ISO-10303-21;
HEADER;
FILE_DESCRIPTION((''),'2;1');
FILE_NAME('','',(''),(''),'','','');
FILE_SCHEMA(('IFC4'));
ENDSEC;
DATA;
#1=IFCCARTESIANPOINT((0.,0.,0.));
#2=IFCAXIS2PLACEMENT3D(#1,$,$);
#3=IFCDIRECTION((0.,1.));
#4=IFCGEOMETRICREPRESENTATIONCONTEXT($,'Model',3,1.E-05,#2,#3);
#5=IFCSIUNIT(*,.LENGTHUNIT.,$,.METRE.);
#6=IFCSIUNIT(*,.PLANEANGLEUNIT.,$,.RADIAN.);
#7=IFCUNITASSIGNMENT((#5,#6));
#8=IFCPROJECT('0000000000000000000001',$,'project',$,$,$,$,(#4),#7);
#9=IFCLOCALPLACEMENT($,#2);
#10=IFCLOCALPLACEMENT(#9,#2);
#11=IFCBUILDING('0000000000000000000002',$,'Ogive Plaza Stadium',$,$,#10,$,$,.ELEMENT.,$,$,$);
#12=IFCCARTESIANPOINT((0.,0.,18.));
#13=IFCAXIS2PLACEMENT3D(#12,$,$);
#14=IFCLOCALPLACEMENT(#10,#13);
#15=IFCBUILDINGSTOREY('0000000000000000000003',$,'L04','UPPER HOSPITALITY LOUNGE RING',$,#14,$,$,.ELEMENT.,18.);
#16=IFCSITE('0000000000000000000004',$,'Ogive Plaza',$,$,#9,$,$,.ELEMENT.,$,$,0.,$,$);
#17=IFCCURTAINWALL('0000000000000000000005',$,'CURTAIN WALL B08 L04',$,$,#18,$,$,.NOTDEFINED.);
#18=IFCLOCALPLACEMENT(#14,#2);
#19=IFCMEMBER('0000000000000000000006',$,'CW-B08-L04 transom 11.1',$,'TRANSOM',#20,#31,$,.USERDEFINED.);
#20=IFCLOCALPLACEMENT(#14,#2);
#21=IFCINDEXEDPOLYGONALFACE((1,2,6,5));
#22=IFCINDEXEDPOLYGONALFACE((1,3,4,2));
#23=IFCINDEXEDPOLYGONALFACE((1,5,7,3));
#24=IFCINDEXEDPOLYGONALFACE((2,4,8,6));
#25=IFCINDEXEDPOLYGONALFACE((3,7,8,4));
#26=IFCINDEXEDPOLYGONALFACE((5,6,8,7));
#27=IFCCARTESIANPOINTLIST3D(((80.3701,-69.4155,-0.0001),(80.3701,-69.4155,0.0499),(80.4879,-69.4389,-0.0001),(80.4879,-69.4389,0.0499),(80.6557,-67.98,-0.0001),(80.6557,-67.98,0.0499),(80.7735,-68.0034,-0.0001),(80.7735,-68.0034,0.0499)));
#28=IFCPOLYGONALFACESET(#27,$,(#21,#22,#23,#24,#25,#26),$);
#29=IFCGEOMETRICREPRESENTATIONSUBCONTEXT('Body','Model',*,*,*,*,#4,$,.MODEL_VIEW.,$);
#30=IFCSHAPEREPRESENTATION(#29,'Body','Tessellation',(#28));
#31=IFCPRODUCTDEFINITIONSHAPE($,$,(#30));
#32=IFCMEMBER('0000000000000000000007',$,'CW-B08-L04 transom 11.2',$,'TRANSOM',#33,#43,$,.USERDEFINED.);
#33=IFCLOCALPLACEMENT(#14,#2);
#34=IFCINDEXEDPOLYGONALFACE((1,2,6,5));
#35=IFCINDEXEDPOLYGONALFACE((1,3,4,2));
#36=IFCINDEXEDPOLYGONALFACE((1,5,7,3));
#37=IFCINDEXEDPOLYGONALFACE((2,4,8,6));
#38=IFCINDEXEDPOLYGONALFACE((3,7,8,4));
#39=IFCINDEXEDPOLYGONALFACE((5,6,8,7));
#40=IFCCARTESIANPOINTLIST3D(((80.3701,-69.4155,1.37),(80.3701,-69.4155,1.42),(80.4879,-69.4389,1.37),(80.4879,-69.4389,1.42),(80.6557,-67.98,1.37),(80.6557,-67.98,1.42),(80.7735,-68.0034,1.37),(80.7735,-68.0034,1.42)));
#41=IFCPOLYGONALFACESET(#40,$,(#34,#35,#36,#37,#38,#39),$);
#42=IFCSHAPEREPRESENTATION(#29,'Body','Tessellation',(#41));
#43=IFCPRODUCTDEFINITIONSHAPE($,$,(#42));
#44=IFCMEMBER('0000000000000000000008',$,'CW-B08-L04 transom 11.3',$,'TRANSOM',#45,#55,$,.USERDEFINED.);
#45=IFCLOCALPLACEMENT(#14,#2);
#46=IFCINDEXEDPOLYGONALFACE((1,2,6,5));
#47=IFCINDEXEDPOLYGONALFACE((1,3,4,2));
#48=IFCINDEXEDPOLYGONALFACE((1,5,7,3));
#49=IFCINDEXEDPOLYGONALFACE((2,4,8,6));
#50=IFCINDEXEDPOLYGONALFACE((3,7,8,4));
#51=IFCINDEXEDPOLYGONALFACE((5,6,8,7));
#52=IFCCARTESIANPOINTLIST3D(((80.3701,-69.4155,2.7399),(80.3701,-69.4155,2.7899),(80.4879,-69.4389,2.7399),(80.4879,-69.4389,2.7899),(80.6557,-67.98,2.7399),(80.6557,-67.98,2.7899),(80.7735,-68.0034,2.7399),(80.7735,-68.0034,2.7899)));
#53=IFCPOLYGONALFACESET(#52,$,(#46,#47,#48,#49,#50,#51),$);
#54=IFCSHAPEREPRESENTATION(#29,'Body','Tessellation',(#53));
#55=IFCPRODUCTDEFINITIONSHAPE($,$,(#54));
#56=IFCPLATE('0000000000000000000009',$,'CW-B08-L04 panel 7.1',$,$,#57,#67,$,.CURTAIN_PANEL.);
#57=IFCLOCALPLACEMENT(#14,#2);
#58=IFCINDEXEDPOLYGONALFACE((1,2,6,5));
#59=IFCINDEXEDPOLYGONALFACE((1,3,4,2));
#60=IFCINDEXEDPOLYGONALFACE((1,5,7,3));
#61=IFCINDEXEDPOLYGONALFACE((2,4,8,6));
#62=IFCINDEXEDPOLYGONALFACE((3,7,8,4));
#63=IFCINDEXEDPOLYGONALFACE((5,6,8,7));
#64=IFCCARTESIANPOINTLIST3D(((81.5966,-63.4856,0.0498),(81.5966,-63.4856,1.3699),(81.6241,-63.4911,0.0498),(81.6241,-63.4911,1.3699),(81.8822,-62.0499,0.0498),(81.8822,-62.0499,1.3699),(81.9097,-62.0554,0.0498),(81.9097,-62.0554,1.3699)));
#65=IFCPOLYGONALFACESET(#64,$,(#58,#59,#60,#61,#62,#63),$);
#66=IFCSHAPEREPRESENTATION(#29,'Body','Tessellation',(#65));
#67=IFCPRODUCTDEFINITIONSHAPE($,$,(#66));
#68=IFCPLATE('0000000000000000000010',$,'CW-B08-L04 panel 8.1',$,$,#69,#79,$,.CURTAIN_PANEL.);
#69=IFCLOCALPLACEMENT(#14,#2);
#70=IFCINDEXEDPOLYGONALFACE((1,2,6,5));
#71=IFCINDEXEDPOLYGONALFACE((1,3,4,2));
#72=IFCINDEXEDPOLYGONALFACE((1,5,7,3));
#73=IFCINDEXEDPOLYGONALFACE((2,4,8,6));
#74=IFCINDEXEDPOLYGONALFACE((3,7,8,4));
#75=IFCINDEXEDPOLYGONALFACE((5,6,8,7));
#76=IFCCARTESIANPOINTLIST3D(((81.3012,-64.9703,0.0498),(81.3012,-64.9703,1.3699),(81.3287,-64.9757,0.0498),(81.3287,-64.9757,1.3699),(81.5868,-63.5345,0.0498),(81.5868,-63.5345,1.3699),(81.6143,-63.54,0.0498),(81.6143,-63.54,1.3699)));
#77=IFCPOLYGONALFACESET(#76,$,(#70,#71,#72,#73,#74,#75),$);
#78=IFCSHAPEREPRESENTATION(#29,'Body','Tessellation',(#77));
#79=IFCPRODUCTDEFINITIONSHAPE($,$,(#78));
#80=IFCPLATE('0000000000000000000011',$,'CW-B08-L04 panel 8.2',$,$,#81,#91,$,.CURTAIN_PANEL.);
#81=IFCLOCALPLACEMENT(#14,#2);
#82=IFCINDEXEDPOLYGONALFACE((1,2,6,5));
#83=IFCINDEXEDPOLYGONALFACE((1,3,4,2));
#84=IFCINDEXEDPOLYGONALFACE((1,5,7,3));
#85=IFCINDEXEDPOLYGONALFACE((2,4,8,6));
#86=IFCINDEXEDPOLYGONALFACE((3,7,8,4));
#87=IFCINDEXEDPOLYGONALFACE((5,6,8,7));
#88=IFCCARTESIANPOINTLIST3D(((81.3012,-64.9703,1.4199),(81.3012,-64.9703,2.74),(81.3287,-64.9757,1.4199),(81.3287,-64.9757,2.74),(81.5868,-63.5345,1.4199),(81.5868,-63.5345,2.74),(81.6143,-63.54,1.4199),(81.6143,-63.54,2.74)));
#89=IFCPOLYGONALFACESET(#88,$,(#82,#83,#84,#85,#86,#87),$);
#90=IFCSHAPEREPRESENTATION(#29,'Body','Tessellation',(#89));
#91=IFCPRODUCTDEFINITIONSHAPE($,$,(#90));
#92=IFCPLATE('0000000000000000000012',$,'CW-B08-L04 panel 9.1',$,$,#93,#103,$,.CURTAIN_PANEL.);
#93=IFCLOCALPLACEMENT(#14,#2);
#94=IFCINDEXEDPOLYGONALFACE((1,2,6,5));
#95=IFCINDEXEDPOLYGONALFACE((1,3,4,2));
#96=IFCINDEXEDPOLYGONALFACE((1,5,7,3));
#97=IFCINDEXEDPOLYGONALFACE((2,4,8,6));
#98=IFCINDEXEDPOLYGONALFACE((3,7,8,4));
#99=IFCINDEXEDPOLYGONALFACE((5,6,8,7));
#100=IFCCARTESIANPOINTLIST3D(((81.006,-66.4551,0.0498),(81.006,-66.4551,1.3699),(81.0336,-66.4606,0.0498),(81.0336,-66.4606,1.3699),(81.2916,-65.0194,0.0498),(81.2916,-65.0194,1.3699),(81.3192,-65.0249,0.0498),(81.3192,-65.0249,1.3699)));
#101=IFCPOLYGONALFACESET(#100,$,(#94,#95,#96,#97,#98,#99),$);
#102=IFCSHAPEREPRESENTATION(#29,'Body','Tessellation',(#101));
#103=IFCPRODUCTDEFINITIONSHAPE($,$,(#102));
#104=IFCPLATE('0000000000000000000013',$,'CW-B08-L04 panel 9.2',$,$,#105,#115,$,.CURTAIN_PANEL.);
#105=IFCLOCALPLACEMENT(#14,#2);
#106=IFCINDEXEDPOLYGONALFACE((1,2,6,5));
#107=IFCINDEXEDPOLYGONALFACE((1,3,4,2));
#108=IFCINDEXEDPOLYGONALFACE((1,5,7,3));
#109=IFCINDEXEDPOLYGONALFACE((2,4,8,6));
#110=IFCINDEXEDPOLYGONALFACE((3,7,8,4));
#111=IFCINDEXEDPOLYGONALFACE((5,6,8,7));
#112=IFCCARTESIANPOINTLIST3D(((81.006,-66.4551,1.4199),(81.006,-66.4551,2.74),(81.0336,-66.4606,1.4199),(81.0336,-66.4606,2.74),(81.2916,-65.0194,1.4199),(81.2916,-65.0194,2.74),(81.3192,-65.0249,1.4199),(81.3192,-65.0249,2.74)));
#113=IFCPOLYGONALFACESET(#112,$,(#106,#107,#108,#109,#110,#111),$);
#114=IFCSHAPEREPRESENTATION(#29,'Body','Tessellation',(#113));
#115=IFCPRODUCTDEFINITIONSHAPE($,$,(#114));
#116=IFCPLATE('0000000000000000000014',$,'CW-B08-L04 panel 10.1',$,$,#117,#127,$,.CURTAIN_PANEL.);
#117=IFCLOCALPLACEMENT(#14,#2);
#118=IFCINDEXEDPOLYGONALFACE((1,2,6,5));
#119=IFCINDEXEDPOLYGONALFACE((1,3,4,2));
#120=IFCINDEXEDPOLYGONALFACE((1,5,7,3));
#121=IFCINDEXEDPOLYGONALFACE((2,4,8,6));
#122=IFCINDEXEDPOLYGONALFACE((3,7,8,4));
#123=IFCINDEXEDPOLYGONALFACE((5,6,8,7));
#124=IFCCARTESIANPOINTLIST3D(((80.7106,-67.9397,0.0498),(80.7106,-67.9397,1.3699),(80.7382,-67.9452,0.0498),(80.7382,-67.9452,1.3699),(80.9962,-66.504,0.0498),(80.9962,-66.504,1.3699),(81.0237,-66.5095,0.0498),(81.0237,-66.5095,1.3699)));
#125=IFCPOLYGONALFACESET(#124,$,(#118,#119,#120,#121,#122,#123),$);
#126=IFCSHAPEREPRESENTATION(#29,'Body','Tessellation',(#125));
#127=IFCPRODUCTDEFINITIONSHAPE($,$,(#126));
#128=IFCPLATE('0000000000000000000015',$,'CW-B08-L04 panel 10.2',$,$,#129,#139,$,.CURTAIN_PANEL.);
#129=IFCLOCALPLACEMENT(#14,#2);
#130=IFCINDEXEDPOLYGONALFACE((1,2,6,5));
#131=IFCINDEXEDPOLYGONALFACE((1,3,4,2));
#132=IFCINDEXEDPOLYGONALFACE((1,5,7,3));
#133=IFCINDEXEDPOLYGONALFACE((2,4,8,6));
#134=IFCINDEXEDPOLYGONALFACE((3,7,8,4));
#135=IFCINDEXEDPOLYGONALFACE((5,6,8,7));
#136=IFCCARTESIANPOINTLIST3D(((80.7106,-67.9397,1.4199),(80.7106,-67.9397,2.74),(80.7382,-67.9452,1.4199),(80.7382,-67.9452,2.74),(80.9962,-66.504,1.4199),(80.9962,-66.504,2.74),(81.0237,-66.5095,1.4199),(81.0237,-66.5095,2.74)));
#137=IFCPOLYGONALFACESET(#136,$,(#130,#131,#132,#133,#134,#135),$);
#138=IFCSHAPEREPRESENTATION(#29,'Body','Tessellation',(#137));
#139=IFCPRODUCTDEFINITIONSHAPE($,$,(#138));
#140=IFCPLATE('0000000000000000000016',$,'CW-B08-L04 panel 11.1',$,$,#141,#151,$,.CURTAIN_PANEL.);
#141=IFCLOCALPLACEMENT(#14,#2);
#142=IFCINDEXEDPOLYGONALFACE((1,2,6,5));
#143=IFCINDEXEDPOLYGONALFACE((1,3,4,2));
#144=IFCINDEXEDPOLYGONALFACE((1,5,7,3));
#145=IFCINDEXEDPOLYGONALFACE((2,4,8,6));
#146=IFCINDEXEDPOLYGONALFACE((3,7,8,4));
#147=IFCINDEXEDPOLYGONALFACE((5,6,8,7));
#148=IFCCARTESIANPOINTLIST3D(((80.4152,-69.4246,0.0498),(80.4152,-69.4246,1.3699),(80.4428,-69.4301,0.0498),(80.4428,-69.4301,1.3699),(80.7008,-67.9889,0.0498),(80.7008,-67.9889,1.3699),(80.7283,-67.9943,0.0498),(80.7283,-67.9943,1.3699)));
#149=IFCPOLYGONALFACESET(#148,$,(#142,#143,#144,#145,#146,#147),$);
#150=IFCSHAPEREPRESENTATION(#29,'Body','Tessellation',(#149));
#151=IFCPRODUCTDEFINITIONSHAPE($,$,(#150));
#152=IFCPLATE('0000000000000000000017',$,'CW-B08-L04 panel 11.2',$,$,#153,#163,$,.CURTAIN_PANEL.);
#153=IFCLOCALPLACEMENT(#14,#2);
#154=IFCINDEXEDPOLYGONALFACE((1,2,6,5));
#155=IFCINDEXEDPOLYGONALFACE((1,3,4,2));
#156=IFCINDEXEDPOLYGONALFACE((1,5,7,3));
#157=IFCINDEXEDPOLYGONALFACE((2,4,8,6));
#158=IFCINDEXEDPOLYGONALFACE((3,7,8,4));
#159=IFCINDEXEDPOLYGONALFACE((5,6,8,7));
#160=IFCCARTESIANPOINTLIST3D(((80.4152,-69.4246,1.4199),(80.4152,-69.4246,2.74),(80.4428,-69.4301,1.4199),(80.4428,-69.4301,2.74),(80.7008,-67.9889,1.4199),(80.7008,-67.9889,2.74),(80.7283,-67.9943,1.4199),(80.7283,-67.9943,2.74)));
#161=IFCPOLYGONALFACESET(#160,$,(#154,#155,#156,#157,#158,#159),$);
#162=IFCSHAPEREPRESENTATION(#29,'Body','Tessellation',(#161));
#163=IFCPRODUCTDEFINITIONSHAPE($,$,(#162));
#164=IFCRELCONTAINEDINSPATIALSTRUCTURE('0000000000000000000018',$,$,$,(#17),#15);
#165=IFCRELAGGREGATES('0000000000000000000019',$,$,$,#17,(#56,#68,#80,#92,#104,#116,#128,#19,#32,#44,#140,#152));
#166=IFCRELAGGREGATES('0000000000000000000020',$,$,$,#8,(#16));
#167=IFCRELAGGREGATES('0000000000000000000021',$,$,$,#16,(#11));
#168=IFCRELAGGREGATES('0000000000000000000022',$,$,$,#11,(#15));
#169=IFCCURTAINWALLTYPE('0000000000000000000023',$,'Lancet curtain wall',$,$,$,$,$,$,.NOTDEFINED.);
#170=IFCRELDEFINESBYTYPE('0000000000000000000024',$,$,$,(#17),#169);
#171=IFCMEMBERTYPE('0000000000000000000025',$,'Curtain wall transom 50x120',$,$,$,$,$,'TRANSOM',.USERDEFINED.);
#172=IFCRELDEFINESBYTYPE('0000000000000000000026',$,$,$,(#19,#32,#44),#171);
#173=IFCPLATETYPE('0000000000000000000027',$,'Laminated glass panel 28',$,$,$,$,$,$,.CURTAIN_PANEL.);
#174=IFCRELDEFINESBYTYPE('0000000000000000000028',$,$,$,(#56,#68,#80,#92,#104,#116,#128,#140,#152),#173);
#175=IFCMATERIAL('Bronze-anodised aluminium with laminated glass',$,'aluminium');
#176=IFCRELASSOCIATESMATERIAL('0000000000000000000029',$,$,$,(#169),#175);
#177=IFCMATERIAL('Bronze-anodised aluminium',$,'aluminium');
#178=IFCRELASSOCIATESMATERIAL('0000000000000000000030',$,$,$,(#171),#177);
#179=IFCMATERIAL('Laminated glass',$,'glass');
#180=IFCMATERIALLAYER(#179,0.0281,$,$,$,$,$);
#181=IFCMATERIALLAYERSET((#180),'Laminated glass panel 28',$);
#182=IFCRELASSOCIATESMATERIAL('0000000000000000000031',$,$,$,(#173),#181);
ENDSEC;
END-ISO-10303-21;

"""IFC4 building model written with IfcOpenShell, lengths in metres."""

from ifc_helpers import new_model, si_unit, direction, frame, origin, origin_2d, place, context, subcontext, project, spatial, rectangle, extrude, material, layer, layer_set, material_profile, profile_set, type_object, element, aggregate, save


model = new_model("IFC4")

# Units and contexts
model_context = context("Model", 3, precision=1e-05, world=origin(), true_north=direction((0.0, 1.0)))
body_context = subcontext(model_context, "Body", "Model", "MODEL_VIEW")
ifc_project = project(units=[si_unit("LENGTHUNIT", "METRE"), si_unit("PLANEANGLEUNIT", "RADIAN")], contexts=[model_context])

# Site, building, storey
site_placement = place(None, origin())
site = spatial("IfcSite", under=ifc_project, at=site_placement, Name="Ogive Plaza", CompositionType="ELEMENT", RefElevation=0.0)
building_placement = place(site_placement, origin())
building = spatial("IfcBuilding", under=site, at=building_placement, Name="Ogive Plaza Stadium", CompositionType="ELEMENT")
storey_placement = place(building_placement, frame((0.0, 0.0, 18.0)))
storey = spatial("IfcBuildingStorey", under=building, at=storey_placement, Name="L04", Description="UPPER HOSPITALITY LOUNGE RING", CompositionType="ELEMENT", Elevation=18.0)

# Curtain wall, members, plates
ifc_material_1 = material(Name="Bronze-anodised aluminium with laminated glass", Category="aluminium")
curtain_wall_type = type_object("IfcCurtainWallType", Name="Lancet curtain wall", PredefinedType="NOTDEFINED", material=ifc_material_1)
curtain_wall_placement = place(storey_placement, origin())
curtain_wall = element("IfcCurtainWall", 1, at=curtain_wall_placement, inside=storey, type_object=curtain_wall_type, Name="CURTAIN WALL B08 L04", PredefinedType="NOTDEFINED")
ifc_material_2 = material(Name="Bronze-anodised aluminium", Category="aluminium")
ifc_material_profile_1 = material_profile(ifc_material_2, rectangle(XDim=0.1201, YDim=0.05, at=origin_2d()), Name="AL 120x50")
ifc_profile_set_1 = profile_set([ifc_material_profile_1], Name="Bronze-anodised aluminium")
member_type_1 = type_object("IfcMemberType", Name="Curtain wall transom 50x120", ElementType="TRANSOM", PredefinedType="USERDEFINED", material=ifc_profile_set_1)
member_1_placement = place(storey_placement, frame((80.7146, -67.9917, 0.0249), z_axis=(-0.195154, -0.980773, 0.0), x_axis=(0.980773, -0.195154, 0.0)))
member_1 = element("IfcMember", 2, at=member_1_placement, type_object=member_type_1, Name="CW-B08-L04 transom 11.1", ObjectType="TRANSOM", PredefinedType="USERDEFINED", context=body_context, shape_type="SweptSolid", body=[
    extrude(rectangle(XDim=0.1201, YDim=0.05, at=origin_2d()), origin(), (0.0, 0.0, 1.0), 1.4636),
])
member_2_placement = place(storey_placement, frame((80.7146, -67.9917, 1.395), z_axis=(-0.195154, -0.980773, 0.0), x_axis=(0.980773, -0.195154, 0.0)))
member_2 = element("IfcMember", 3, at=member_2_placement, type_object=member_type_1, Name="CW-B08-L04 transom 11.2", ObjectType="TRANSOM", PredefinedType="USERDEFINED", context=body_context, shape_type="SweptSolid", body=[
    extrude(rectangle(XDim=0.1201, YDim=0.05, at=origin_2d()), origin(), (0.0, 0.0, 1.0), 1.4636),
])
member_3_placement = place(storey_placement, frame((80.7146, -67.9917, 2.7649), z_axis=(-0.195154, -0.980773, 0.0), x_axis=(0.980773, -0.195154, 0.0)))
member_3 = element("IfcMember", 4, at=member_3_placement, type_object=member_type_1, Name="CW-B08-L04 transom 11.3", ObjectType="TRANSOM", PredefinedType="USERDEFINED", context=body_context, shape_type="SweptSolid", body=[
    extrude(rectangle(XDim=0.1201, YDim=0.05, at=origin_2d()), origin(), (0.0, 0.0, 1.0), 1.4636),
])
ifc_material_3 = material(Name="Laminated glass", Category="glass")
ifc_layer = layer(ifc_material_3, 0.0281)
ifc_layer_set = layer_set([ifc_layer], Name="Laminated glass panel 28")
plate_type = type_object("IfcPlateType", Name="Laminated glass panel 28", PredefinedType="CURTAIN_PANEL", material=ifc_layer_set)
plate_1_placement = place(storey_placement, frame((81.7532, -62.7705, 0.0498), z_axis=(0.0, 0.0, 1.0), x_axis=(-0.19509, -0.980785, 0.0)))
plate_1 = element("IfcPlate", 5, at=plate_1_placement, type_object=plate_type, Name="CW-B08-L04 panel 7.1", PredefinedType="CURTAIN_PANEL", context=body_context, shape_type="SweptSolid", body=[
    extrude(rectangle(XDim=1.4639, YDim=0.0281, at=origin_2d()), origin(), (0.0, 0.0, 1.0), 1.3201),
])
plate_2_placement = place(storey_placement, frame((81.4578, -64.2551, 0.0498), z_axis=(0.0, 0.0, 1.0), x_axis=(-0.19509, -0.980785, 0.0)))
plate_2 = element("IfcPlate", 6, at=plate_2_placement, type_object=plate_type, Name="CW-B08-L04 panel 8.1", PredefinedType="CURTAIN_PANEL", context=body_context, shape_type="SweptSolid", body=[
    extrude(rectangle(XDim=1.4639, YDim=0.0281, at=origin_2d()), origin(), (0.0, 0.0, 1.0), 1.3201),
])
plate_3_placement = place(storey_placement, frame((81.4578, -64.2551, 1.4199), z_axis=(0.0, 0.0, 1.0), x_axis=(-0.19509, -0.980785, 0.0)))
plate_3 = element("IfcPlate", 7, at=plate_3_placement, type_object=plate_type, Name="CW-B08-L04 panel 8.2", PredefinedType="CURTAIN_PANEL", context=body_context, shape_type="SweptSolid", body=[
    extrude(rectangle(XDim=1.4639, YDim=0.0281, at=origin_2d()), origin(), (0.0, 0.0, 1.0), 1.3201),
])
plate_4_placement = place(storey_placement, frame((81.1626, -65.74, 0.0498), z_axis=(0.0, 0.0, 1.0), x_axis=(-0.19509, -0.980785, 0.0)))
plate_4 = element("IfcPlate", 8, at=plate_4_placement, type_object=plate_type, Name="CW-B08-L04 panel 9.1", PredefinedType="CURTAIN_PANEL", context=body_context, shape_type="SweptSolid", body=[
    extrude(rectangle(XDim=1.4639, YDim=0.0281, at=origin_2d()), origin(), (0.0, 0.0, 1.0), 1.3201),
])
plate_5_placement = place(storey_placement, frame((81.1626, -65.74, 1.4199), z_axis=(0.0, 0.0, 1.0), x_axis=(-0.19509, -0.980785, 0.0)))
plate_5 = element("IfcPlate", 9, at=plate_5_placement, type_object=plate_type, Name="CW-B08-L04 panel 9.2", PredefinedType="CURTAIN_PANEL", context=body_context, shape_type="SweptSolid", body=[
    extrude(rectangle(XDim=1.4639, YDim=0.0281, at=origin_2d()), origin(), (0.0, 0.0, 1.0), 1.3201),
])
plate_6_placement = place(storey_placement, frame((80.8672, -67.2246, 0.0498), z_axis=(0.0, 0.0, 1.0), x_axis=(-0.19509, -0.980785, 0.0)))
plate_6 = element("IfcPlate", 10, at=plate_6_placement, type_object=plate_type, Name="CW-B08-L04 panel 10.1", PredefinedType="CURTAIN_PANEL", context=body_context, shape_type="SweptSolid", body=[
    extrude(rectangle(XDim=1.4639, YDim=0.0281, at=origin_2d()), origin(), (0.0, 0.0, 1.0), 1.3201),
])
plate_7_placement = place(storey_placement, frame((80.8672, -67.2246, 1.4199), z_axis=(0.0, 0.0, 1.0), x_axis=(-0.19509, -0.980785, 0.0)))
plate_7 = element("IfcPlate", 11, at=plate_7_placement, type_object=plate_type, Name="CW-B08-L04 panel 10.2", PredefinedType="CURTAIN_PANEL", context=body_context, shape_type="SweptSolid", body=[
    extrude(rectangle(XDim=1.4639, YDim=0.0281, at=origin_2d()), origin(), (0.0, 0.0, 1.0), 1.3201),
])
plate_8_placement = place(storey_placement, frame((80.5718, -68.7095, 0.0498), z_axis=(0.0, 0.0, 1.0), x_axis=(-0.19509, -0.980785, 0.0)))
plate_8 = element("IfcPlate", 12, at=plate_8_placement, type_object=plate_type, Name="CW-B08-L04 panel 11.1", PredefinedType="CURTAIN_PANEL", context=body_context, shape_type="SweptSolid", body=[
    extrude(rectangle(XDim=1.4639, YDim=0.0281, at=origin_2d()), origin(), (0.0, 0.0, 1.0), 1.3201),
])
plate_9_placement = place(storey_placement, frame((80.5718, -68.7095, 1.4199), z_axis=(0.0, 0.0, 1.0), x_axis=(-0.19509, -0.980785, 0.0)))
plate_9 = element("IfcPlate", 13, at=plate_9_placement, type_object=plate_type, Name="CW-B08-L04 panel 11.2", PredefinedType="CURTAIN_PANEL", context=body_context, shape_type="SweptSolid", body=[
    extrude(rectangle(XDim=1.4639, YDim=0.0281, at=origin_2d()), origin(), (0.0, 0.0, 1.0), 1.3201),
])
aggregate(curtain_wall, [plate_1, plate_2, plate_3, plate_4, plate_5, plate_6, plate_7, member_1, member_2, member_3, plate_8, plate_9])

save(model, "model.ifc")
